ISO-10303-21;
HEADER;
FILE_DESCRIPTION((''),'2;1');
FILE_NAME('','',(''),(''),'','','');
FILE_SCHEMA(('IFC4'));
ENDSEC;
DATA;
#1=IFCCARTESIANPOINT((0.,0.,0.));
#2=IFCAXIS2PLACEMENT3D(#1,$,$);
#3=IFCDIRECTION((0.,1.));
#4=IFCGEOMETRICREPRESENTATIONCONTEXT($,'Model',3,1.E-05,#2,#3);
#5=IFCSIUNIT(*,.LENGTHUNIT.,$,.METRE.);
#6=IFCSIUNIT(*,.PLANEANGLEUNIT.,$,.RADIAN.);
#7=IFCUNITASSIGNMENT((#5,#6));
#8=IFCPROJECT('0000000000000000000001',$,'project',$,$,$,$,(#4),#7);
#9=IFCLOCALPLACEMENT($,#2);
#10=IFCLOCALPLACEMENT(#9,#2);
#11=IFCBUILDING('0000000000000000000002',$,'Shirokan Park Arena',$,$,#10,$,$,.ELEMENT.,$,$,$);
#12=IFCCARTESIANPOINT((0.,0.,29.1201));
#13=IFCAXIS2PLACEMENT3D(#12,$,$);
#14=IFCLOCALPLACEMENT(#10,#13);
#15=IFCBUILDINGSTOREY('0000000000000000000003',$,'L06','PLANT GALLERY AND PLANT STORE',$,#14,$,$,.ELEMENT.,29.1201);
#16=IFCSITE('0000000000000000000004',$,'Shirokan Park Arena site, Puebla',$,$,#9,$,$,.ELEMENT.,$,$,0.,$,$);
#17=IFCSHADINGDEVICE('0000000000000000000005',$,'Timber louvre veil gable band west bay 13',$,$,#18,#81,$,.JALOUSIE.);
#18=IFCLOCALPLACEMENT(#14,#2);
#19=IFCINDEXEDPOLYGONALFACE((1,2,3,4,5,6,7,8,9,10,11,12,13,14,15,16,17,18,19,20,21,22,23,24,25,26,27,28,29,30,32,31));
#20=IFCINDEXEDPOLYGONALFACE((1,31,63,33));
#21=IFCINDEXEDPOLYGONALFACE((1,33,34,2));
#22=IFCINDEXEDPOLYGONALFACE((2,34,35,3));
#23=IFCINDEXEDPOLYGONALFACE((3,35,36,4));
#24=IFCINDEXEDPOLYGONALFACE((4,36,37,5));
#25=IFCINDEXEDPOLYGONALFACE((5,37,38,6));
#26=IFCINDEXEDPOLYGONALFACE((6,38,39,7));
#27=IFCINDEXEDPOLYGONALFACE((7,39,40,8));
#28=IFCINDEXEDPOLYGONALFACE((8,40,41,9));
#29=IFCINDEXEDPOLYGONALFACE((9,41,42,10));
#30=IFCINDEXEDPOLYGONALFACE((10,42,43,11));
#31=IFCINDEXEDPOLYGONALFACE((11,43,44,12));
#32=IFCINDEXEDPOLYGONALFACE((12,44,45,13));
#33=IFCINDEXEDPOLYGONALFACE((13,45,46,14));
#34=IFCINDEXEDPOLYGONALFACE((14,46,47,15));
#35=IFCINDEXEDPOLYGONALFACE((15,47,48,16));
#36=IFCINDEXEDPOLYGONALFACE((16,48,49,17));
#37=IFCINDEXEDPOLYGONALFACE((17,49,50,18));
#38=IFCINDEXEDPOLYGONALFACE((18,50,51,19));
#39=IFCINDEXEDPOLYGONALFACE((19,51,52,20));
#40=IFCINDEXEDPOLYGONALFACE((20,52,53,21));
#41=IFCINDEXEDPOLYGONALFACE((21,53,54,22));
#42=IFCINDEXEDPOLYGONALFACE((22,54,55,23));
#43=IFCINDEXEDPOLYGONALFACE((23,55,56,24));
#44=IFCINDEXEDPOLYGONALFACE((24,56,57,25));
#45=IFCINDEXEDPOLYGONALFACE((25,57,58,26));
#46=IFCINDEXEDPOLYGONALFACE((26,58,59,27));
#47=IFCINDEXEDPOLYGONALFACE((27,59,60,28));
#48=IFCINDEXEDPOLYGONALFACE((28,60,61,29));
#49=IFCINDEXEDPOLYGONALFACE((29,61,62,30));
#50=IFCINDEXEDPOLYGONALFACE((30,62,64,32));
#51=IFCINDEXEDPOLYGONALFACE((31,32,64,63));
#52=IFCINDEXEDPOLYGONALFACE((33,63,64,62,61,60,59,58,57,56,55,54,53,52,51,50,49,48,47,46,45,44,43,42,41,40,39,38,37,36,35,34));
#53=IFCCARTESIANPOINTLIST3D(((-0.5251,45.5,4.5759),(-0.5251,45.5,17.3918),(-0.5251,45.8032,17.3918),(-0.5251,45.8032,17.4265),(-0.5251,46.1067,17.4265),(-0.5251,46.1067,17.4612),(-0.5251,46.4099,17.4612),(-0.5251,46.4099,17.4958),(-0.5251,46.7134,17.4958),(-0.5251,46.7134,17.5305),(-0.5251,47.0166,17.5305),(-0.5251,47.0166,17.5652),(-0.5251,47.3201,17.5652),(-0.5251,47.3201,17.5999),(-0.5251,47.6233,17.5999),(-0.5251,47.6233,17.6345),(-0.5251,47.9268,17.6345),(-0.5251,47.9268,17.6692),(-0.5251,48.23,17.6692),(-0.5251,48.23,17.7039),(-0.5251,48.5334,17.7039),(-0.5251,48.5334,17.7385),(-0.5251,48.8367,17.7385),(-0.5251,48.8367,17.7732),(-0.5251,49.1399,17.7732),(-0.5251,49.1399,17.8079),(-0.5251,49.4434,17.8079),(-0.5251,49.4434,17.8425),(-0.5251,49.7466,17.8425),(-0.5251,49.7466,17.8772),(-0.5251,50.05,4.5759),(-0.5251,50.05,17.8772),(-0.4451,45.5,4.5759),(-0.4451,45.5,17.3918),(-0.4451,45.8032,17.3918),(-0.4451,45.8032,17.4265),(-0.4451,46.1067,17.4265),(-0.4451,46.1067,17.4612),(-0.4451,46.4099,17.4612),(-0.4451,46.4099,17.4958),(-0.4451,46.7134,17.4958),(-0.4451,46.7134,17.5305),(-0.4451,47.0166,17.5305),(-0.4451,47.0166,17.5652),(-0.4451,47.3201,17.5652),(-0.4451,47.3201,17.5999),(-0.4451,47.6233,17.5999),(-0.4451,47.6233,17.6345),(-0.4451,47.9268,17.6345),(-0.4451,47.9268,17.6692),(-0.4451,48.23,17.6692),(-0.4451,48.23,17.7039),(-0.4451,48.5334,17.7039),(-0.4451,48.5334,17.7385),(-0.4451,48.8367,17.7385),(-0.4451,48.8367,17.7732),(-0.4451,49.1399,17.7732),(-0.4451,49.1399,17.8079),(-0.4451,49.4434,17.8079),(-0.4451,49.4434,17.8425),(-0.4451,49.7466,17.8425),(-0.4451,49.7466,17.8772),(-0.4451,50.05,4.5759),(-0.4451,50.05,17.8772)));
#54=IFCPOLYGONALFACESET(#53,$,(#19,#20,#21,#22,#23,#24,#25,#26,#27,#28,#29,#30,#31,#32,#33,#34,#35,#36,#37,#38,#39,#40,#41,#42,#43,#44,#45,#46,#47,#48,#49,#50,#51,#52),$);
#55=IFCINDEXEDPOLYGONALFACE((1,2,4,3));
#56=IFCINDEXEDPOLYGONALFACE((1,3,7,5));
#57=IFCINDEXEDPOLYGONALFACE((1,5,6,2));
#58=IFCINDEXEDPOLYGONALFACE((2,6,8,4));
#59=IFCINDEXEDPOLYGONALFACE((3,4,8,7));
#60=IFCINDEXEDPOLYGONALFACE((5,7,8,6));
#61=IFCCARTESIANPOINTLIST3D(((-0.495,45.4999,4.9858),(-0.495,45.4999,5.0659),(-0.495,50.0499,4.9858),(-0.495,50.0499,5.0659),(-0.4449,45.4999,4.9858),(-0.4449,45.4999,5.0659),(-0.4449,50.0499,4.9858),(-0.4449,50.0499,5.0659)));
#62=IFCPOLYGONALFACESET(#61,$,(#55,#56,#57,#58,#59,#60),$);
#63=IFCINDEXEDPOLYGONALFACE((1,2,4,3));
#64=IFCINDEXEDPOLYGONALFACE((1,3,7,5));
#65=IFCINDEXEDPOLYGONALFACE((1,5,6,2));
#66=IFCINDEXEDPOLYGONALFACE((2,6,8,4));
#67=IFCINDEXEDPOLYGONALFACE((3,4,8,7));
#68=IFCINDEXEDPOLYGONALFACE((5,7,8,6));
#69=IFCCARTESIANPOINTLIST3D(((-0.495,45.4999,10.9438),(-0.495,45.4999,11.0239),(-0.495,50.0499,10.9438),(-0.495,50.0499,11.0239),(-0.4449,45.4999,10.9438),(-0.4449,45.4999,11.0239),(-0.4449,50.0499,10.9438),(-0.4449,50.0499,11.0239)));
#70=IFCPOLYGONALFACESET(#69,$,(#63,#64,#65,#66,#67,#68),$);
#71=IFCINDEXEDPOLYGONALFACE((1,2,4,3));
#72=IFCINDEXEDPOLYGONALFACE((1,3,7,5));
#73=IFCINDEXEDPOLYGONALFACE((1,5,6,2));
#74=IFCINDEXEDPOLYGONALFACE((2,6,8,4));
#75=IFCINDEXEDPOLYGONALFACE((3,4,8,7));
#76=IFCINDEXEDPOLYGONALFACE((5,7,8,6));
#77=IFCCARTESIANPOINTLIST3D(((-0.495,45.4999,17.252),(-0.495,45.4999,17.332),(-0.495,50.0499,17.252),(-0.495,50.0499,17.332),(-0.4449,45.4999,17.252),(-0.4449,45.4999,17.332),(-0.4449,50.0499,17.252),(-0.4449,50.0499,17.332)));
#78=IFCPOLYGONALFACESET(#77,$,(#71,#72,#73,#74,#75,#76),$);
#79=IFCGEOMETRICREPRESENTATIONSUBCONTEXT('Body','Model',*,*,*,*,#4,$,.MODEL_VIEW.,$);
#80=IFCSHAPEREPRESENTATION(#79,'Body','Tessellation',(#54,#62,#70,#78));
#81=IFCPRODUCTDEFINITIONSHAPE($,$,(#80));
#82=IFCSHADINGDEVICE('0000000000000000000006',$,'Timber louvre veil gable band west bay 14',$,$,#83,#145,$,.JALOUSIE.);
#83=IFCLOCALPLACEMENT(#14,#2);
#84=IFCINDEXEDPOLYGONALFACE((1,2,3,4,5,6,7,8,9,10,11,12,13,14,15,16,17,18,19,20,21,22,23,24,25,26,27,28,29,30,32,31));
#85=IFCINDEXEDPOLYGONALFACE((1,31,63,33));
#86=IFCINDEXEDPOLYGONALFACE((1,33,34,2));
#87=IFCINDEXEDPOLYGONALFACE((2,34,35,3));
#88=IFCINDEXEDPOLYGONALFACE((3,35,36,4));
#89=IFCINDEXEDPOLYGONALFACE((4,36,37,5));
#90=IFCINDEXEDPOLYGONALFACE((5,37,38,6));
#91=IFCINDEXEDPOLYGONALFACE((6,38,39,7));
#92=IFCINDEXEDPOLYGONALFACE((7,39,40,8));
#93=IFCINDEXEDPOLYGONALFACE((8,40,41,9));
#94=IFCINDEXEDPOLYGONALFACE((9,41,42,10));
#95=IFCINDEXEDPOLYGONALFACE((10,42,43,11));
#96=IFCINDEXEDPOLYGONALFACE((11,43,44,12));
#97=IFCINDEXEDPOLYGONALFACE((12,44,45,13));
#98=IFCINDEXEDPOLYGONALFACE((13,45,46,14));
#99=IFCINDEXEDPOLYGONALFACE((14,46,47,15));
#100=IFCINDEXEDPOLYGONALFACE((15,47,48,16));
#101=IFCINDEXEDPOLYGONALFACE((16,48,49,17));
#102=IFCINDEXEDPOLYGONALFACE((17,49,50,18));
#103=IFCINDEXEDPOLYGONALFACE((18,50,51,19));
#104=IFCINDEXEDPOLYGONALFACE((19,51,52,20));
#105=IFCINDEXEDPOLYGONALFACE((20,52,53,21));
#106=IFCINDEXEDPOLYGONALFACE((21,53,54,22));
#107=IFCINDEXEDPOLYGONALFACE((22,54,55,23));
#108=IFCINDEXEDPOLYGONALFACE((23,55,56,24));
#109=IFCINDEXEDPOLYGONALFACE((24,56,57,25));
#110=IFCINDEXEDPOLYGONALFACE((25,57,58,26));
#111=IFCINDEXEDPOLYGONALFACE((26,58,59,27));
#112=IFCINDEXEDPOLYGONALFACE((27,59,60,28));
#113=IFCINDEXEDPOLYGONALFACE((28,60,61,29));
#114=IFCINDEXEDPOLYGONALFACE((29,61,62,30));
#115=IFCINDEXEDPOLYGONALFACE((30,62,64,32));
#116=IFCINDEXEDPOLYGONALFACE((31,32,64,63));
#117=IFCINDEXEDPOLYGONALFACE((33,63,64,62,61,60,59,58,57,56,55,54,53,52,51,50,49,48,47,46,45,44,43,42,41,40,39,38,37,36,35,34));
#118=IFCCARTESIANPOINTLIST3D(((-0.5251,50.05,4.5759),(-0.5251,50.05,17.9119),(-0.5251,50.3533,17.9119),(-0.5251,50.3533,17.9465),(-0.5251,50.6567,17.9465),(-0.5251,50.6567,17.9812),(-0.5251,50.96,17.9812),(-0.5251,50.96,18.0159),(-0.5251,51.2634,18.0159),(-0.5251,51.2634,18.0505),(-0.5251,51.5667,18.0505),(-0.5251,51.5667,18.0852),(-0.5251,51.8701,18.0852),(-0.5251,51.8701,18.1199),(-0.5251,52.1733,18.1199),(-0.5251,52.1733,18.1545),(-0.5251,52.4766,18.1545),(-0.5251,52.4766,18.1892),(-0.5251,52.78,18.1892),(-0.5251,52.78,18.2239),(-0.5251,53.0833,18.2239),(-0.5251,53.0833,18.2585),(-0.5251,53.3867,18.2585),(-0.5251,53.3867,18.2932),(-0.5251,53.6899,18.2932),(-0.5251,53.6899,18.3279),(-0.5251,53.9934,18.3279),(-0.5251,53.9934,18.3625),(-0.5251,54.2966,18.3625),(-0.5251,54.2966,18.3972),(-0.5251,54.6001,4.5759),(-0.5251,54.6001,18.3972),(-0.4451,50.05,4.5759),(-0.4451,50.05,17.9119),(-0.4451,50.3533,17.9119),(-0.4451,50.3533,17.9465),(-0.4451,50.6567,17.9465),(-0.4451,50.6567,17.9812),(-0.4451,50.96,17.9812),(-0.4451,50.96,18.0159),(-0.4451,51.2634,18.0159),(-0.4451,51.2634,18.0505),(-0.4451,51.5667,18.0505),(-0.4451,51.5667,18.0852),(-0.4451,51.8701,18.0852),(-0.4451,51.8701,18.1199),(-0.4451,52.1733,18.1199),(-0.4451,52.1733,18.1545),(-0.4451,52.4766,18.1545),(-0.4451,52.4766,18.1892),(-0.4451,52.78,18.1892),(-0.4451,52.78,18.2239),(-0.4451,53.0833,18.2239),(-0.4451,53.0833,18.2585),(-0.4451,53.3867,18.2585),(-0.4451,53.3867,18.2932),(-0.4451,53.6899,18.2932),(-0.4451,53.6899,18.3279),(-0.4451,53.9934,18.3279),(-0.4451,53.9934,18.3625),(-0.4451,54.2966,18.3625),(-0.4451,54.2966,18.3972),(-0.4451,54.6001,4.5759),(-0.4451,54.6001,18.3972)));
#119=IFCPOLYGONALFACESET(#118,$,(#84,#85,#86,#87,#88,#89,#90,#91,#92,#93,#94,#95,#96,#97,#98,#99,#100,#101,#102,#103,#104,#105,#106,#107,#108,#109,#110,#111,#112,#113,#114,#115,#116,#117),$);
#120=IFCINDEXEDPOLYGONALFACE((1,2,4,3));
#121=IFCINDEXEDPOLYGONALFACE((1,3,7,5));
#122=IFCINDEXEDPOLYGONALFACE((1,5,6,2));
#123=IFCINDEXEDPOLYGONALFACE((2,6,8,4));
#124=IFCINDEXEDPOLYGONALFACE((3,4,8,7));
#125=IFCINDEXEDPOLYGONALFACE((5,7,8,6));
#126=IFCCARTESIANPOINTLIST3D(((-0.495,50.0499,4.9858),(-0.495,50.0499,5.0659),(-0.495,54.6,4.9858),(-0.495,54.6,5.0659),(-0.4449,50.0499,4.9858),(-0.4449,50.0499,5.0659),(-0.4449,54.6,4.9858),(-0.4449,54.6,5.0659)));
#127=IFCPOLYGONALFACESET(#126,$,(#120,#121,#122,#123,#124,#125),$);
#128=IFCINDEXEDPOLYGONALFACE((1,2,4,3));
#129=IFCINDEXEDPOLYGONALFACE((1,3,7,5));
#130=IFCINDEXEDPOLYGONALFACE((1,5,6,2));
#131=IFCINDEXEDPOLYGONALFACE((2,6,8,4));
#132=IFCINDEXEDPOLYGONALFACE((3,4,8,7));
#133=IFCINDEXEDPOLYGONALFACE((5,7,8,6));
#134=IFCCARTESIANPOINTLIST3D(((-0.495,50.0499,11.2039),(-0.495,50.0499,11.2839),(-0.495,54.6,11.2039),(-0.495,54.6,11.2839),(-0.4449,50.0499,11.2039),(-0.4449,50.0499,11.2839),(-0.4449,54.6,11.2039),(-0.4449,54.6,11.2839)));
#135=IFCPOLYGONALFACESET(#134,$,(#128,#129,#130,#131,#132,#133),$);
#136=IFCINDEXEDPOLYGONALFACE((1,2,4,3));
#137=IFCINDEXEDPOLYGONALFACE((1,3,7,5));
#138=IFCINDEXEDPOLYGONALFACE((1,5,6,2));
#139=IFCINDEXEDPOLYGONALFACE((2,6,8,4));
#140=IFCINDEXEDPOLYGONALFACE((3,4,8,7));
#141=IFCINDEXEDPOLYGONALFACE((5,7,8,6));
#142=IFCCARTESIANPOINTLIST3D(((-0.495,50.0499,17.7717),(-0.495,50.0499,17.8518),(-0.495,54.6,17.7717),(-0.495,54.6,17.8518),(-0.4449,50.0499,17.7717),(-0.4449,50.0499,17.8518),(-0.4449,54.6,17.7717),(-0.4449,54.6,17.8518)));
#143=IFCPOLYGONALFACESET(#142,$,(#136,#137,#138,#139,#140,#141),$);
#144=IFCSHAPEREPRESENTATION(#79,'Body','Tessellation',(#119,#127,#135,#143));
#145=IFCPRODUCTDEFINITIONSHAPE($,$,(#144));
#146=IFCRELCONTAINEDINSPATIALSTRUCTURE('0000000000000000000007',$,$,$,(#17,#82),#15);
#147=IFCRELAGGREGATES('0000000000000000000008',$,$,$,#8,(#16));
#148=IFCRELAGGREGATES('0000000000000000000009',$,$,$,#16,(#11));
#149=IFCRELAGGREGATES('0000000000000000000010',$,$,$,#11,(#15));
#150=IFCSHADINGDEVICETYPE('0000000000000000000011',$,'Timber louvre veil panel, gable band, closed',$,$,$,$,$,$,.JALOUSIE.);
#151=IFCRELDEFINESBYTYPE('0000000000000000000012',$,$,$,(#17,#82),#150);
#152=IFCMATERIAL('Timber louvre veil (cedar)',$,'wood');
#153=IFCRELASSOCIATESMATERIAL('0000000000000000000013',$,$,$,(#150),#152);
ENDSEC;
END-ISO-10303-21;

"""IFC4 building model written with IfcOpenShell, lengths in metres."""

from ifc_helpers import new_model, si_unit, direction, frame, origin, origin_2d, place, context, subcontext, project, spatial, polyline, rectangle, outline, extrude, material, type_object, element, save


model = new_model("IFC4")

# Units and contexts
model_context = context("Model", 3, precision=1e-05, world=origin(), true_north=direction((0.0, 1.0)))
body_context = subcontext(model_context, "Body", "Model", "MODEL_VIEW")
ifc_project = project(units=[si_unit("LENGTHUNIT", "METRE"), si_unit("PLANEANGLEUNIT", "RADIAN")], contexts=[model_context])

# Site, building, storey
site_placement = place(None, origin())
site = spatial("IfcSite", under=ifc_project, at=site_placement, Name="Shirokan Park Arena site, Puebla", CompositionType="ELEMENT", RefElevation=0.0)
building_placement = place(site_placement, origin())
building = spatial("IfcBuilding", under=site, at=building_placement, Name="Shirokan Park Arena", CompositionType="ELEMENT")
storey_placement = place(building_placement, frame((0.0, 0.0, 29.1201)))
storey = spatial("IfcBuildingStorey", under=building, at=storey_placement, Name="L06", Description="PLANT GALLERY AND PLANT STORE", CompositionType="ELEMENT", Elevation=29.1201)

# Shading devices
ifc_material = material(Name="Timber louvre veil (cedar)", Category="wood")
shading_device_type_1 = type_object("IfcShadingDeviceType", Name="Timber louvre veil panel, gable band, closed", PredefinedType="JALOUSIE", material=ifc_material)
shading_device_1_placement = place(storey_placement, origin())
element("IfcShadingDevice", 1, at=shading_device_1_placement, inside=storey, type_object=shading_device_type_1, Name="Timber louvre veil gable band west bay 13", PredefinedType="JALOUSIE", context=body_context, shape_type="SweptSolid", body=[
    extrude(outline(polyline([(45.8032, 17.3918), (45.5, 17.3918), (45.5, 4.5759), (50.05, 4.5759), (50.05, 17.8772), (49.7466, 17.8772), (49.7466, 17.8425), (49.4434, 17.8425), (49.4434, 17.8079), (49.1399, 17.8079), (49.1399, 17.7732), (48.8367, 17.7732), (48.8367, 17.7385), (48.5334, 17.7385), (48.5334, 17.7039), (48.23, 17.7039), (48.23, 17.6692), (47.9268, 17.6692), (47.9268, 17.6345), (47.6233, 17.6345), (47.6233, 17.5999), (47.3201, 17.5999), (47.3201, 17.5652), (47.0166, 17.5652), (47.0166, 17.5305), (46.7134, 17.5305), (46.7134, 17.4958), (46.4099, 17.4958), (46.4099, 17.4612), (46.1067, 17.4612), (46.1067, 17.4265), (45.8032, 17.4265), (45.8032, 17.3918)])), frame((-0.5251, 0.0, 0.0), z_axis=(1.0, 0.0, 0.0), x_axis=(0.0, 1.0, 0.0)), (0.0, 0.0, 1.0), 0.0801),
    extrude(rectangle(XDim=0.05, YDim=4.55, at=origin_2d()), frame((-0.47, 47.7749, 4.9858), z_axis=(0.0, 0.0, 1.0), x_axis=(1.0, 0.0, 0.0)), (0.0, 0.0, 1.0), 0.0801),
    extrude(rectangle(XDim=0.05, YDim=4.55, at=origin_2d()), frame((-0.47, 47.7749, 10.9438), z_axis=(0.0, 0.0, 1.0), x_axis=(1.0, 0.0, 0.0)), (0.0, 0.0, 1.0), 0.0801),
    extrude(rectangle(XDim=0.05, YDim=4.55, at=origin_2d()), frame((-0.47, 47.7749, 17.252), z_axis=(0.0, 0.0, 1.0), x_axis=(1.0, 0.0, 0.0)), (0.0, 0.0, 1.0), 0.0801),
])
shading_device_2_placement = place(storey_placement, origin())
element("IfcShadingDevice", 2, at=shading_device_2_placement, inside=storey, type_object=shading_device_type_1, Name="Timber louvre veil gable band west bay 14", PredefinedType="JALOUSIE", context=body_context, shape_type="SweptSolid", body=[
    extrude(outline(polyline([(50.3533, 17.9119), (50.05, 17.9119), (50.05, 4.5759), (54.6001, 4.5759), (54.6001, 18.3972), (54.2966, 18.3972), (54.2966, 18.3625), (53.9934, 18.3625), (53.9934, 18.3279), (53.6899, 18.3279), (53.6899, 18.2932), (53.3867, 18.2932), (53.3867, 18.2585), (53.0833, 18.2585), (53.0833, 18.2239), (52.78, 18.2239), (52.78, 18.1892), (52.4766, 18.1892), (52.4766, 18.1545), (52.1733, 18.1545), (52.1733, 18.1199), (51.8701, 18.1199), (51.8701, 18.0852), (51.5667, 18.0852), (51.5667, 18.0505), (51.2634, 18.0505), (51.2634, 18.0159), (50.96, 18.0159), (50.96, 17.9812), (50.6567, 17.9812), (50.6567, 17.9465), (50.3533, 17.9465), (50.3533, 17.9119)])), frame((-0.5251, 0.0, 0.0), z_axis=(1.0, 0.0, 0.0), x_axis=(0.0, 1.0, 0.0)), (0.0, 0.0, 1.0), 0.0801),
    extrude(rectangle(XDim=0.05, YDim=4.55, at=origin_2d()), frame((-0.47, 52.325, 4.9858), z_axis=(0.0, 0.0, 1.0), x_axis=(1.0, 0.0, 0.0)), (0.0, 0.0, 1.0), 0.0801),
    extrude(rectangle(XDim=0.05, YDim=4.55, at=origin_2d()), frame((-0.47, 52.325, 11.2039), z_axis=(0.0, 0.0, 1.0), x_axis=(1.0, 0.0, 0.0)), (0.0, 0.0, 1.0), 0.0801),
    extrude(rectangle(XDim=0.05, YDim=4.55, at=origin_2d()), frame((-0.47, 52.325, 17.7717), z_axis=(0.0, 0.0, 1.0), x_axis=(1.0, 0.0, 0.0)), (0.0, 0.0, 1.0), 0.0801),
])

save(model, "model.ifc")
